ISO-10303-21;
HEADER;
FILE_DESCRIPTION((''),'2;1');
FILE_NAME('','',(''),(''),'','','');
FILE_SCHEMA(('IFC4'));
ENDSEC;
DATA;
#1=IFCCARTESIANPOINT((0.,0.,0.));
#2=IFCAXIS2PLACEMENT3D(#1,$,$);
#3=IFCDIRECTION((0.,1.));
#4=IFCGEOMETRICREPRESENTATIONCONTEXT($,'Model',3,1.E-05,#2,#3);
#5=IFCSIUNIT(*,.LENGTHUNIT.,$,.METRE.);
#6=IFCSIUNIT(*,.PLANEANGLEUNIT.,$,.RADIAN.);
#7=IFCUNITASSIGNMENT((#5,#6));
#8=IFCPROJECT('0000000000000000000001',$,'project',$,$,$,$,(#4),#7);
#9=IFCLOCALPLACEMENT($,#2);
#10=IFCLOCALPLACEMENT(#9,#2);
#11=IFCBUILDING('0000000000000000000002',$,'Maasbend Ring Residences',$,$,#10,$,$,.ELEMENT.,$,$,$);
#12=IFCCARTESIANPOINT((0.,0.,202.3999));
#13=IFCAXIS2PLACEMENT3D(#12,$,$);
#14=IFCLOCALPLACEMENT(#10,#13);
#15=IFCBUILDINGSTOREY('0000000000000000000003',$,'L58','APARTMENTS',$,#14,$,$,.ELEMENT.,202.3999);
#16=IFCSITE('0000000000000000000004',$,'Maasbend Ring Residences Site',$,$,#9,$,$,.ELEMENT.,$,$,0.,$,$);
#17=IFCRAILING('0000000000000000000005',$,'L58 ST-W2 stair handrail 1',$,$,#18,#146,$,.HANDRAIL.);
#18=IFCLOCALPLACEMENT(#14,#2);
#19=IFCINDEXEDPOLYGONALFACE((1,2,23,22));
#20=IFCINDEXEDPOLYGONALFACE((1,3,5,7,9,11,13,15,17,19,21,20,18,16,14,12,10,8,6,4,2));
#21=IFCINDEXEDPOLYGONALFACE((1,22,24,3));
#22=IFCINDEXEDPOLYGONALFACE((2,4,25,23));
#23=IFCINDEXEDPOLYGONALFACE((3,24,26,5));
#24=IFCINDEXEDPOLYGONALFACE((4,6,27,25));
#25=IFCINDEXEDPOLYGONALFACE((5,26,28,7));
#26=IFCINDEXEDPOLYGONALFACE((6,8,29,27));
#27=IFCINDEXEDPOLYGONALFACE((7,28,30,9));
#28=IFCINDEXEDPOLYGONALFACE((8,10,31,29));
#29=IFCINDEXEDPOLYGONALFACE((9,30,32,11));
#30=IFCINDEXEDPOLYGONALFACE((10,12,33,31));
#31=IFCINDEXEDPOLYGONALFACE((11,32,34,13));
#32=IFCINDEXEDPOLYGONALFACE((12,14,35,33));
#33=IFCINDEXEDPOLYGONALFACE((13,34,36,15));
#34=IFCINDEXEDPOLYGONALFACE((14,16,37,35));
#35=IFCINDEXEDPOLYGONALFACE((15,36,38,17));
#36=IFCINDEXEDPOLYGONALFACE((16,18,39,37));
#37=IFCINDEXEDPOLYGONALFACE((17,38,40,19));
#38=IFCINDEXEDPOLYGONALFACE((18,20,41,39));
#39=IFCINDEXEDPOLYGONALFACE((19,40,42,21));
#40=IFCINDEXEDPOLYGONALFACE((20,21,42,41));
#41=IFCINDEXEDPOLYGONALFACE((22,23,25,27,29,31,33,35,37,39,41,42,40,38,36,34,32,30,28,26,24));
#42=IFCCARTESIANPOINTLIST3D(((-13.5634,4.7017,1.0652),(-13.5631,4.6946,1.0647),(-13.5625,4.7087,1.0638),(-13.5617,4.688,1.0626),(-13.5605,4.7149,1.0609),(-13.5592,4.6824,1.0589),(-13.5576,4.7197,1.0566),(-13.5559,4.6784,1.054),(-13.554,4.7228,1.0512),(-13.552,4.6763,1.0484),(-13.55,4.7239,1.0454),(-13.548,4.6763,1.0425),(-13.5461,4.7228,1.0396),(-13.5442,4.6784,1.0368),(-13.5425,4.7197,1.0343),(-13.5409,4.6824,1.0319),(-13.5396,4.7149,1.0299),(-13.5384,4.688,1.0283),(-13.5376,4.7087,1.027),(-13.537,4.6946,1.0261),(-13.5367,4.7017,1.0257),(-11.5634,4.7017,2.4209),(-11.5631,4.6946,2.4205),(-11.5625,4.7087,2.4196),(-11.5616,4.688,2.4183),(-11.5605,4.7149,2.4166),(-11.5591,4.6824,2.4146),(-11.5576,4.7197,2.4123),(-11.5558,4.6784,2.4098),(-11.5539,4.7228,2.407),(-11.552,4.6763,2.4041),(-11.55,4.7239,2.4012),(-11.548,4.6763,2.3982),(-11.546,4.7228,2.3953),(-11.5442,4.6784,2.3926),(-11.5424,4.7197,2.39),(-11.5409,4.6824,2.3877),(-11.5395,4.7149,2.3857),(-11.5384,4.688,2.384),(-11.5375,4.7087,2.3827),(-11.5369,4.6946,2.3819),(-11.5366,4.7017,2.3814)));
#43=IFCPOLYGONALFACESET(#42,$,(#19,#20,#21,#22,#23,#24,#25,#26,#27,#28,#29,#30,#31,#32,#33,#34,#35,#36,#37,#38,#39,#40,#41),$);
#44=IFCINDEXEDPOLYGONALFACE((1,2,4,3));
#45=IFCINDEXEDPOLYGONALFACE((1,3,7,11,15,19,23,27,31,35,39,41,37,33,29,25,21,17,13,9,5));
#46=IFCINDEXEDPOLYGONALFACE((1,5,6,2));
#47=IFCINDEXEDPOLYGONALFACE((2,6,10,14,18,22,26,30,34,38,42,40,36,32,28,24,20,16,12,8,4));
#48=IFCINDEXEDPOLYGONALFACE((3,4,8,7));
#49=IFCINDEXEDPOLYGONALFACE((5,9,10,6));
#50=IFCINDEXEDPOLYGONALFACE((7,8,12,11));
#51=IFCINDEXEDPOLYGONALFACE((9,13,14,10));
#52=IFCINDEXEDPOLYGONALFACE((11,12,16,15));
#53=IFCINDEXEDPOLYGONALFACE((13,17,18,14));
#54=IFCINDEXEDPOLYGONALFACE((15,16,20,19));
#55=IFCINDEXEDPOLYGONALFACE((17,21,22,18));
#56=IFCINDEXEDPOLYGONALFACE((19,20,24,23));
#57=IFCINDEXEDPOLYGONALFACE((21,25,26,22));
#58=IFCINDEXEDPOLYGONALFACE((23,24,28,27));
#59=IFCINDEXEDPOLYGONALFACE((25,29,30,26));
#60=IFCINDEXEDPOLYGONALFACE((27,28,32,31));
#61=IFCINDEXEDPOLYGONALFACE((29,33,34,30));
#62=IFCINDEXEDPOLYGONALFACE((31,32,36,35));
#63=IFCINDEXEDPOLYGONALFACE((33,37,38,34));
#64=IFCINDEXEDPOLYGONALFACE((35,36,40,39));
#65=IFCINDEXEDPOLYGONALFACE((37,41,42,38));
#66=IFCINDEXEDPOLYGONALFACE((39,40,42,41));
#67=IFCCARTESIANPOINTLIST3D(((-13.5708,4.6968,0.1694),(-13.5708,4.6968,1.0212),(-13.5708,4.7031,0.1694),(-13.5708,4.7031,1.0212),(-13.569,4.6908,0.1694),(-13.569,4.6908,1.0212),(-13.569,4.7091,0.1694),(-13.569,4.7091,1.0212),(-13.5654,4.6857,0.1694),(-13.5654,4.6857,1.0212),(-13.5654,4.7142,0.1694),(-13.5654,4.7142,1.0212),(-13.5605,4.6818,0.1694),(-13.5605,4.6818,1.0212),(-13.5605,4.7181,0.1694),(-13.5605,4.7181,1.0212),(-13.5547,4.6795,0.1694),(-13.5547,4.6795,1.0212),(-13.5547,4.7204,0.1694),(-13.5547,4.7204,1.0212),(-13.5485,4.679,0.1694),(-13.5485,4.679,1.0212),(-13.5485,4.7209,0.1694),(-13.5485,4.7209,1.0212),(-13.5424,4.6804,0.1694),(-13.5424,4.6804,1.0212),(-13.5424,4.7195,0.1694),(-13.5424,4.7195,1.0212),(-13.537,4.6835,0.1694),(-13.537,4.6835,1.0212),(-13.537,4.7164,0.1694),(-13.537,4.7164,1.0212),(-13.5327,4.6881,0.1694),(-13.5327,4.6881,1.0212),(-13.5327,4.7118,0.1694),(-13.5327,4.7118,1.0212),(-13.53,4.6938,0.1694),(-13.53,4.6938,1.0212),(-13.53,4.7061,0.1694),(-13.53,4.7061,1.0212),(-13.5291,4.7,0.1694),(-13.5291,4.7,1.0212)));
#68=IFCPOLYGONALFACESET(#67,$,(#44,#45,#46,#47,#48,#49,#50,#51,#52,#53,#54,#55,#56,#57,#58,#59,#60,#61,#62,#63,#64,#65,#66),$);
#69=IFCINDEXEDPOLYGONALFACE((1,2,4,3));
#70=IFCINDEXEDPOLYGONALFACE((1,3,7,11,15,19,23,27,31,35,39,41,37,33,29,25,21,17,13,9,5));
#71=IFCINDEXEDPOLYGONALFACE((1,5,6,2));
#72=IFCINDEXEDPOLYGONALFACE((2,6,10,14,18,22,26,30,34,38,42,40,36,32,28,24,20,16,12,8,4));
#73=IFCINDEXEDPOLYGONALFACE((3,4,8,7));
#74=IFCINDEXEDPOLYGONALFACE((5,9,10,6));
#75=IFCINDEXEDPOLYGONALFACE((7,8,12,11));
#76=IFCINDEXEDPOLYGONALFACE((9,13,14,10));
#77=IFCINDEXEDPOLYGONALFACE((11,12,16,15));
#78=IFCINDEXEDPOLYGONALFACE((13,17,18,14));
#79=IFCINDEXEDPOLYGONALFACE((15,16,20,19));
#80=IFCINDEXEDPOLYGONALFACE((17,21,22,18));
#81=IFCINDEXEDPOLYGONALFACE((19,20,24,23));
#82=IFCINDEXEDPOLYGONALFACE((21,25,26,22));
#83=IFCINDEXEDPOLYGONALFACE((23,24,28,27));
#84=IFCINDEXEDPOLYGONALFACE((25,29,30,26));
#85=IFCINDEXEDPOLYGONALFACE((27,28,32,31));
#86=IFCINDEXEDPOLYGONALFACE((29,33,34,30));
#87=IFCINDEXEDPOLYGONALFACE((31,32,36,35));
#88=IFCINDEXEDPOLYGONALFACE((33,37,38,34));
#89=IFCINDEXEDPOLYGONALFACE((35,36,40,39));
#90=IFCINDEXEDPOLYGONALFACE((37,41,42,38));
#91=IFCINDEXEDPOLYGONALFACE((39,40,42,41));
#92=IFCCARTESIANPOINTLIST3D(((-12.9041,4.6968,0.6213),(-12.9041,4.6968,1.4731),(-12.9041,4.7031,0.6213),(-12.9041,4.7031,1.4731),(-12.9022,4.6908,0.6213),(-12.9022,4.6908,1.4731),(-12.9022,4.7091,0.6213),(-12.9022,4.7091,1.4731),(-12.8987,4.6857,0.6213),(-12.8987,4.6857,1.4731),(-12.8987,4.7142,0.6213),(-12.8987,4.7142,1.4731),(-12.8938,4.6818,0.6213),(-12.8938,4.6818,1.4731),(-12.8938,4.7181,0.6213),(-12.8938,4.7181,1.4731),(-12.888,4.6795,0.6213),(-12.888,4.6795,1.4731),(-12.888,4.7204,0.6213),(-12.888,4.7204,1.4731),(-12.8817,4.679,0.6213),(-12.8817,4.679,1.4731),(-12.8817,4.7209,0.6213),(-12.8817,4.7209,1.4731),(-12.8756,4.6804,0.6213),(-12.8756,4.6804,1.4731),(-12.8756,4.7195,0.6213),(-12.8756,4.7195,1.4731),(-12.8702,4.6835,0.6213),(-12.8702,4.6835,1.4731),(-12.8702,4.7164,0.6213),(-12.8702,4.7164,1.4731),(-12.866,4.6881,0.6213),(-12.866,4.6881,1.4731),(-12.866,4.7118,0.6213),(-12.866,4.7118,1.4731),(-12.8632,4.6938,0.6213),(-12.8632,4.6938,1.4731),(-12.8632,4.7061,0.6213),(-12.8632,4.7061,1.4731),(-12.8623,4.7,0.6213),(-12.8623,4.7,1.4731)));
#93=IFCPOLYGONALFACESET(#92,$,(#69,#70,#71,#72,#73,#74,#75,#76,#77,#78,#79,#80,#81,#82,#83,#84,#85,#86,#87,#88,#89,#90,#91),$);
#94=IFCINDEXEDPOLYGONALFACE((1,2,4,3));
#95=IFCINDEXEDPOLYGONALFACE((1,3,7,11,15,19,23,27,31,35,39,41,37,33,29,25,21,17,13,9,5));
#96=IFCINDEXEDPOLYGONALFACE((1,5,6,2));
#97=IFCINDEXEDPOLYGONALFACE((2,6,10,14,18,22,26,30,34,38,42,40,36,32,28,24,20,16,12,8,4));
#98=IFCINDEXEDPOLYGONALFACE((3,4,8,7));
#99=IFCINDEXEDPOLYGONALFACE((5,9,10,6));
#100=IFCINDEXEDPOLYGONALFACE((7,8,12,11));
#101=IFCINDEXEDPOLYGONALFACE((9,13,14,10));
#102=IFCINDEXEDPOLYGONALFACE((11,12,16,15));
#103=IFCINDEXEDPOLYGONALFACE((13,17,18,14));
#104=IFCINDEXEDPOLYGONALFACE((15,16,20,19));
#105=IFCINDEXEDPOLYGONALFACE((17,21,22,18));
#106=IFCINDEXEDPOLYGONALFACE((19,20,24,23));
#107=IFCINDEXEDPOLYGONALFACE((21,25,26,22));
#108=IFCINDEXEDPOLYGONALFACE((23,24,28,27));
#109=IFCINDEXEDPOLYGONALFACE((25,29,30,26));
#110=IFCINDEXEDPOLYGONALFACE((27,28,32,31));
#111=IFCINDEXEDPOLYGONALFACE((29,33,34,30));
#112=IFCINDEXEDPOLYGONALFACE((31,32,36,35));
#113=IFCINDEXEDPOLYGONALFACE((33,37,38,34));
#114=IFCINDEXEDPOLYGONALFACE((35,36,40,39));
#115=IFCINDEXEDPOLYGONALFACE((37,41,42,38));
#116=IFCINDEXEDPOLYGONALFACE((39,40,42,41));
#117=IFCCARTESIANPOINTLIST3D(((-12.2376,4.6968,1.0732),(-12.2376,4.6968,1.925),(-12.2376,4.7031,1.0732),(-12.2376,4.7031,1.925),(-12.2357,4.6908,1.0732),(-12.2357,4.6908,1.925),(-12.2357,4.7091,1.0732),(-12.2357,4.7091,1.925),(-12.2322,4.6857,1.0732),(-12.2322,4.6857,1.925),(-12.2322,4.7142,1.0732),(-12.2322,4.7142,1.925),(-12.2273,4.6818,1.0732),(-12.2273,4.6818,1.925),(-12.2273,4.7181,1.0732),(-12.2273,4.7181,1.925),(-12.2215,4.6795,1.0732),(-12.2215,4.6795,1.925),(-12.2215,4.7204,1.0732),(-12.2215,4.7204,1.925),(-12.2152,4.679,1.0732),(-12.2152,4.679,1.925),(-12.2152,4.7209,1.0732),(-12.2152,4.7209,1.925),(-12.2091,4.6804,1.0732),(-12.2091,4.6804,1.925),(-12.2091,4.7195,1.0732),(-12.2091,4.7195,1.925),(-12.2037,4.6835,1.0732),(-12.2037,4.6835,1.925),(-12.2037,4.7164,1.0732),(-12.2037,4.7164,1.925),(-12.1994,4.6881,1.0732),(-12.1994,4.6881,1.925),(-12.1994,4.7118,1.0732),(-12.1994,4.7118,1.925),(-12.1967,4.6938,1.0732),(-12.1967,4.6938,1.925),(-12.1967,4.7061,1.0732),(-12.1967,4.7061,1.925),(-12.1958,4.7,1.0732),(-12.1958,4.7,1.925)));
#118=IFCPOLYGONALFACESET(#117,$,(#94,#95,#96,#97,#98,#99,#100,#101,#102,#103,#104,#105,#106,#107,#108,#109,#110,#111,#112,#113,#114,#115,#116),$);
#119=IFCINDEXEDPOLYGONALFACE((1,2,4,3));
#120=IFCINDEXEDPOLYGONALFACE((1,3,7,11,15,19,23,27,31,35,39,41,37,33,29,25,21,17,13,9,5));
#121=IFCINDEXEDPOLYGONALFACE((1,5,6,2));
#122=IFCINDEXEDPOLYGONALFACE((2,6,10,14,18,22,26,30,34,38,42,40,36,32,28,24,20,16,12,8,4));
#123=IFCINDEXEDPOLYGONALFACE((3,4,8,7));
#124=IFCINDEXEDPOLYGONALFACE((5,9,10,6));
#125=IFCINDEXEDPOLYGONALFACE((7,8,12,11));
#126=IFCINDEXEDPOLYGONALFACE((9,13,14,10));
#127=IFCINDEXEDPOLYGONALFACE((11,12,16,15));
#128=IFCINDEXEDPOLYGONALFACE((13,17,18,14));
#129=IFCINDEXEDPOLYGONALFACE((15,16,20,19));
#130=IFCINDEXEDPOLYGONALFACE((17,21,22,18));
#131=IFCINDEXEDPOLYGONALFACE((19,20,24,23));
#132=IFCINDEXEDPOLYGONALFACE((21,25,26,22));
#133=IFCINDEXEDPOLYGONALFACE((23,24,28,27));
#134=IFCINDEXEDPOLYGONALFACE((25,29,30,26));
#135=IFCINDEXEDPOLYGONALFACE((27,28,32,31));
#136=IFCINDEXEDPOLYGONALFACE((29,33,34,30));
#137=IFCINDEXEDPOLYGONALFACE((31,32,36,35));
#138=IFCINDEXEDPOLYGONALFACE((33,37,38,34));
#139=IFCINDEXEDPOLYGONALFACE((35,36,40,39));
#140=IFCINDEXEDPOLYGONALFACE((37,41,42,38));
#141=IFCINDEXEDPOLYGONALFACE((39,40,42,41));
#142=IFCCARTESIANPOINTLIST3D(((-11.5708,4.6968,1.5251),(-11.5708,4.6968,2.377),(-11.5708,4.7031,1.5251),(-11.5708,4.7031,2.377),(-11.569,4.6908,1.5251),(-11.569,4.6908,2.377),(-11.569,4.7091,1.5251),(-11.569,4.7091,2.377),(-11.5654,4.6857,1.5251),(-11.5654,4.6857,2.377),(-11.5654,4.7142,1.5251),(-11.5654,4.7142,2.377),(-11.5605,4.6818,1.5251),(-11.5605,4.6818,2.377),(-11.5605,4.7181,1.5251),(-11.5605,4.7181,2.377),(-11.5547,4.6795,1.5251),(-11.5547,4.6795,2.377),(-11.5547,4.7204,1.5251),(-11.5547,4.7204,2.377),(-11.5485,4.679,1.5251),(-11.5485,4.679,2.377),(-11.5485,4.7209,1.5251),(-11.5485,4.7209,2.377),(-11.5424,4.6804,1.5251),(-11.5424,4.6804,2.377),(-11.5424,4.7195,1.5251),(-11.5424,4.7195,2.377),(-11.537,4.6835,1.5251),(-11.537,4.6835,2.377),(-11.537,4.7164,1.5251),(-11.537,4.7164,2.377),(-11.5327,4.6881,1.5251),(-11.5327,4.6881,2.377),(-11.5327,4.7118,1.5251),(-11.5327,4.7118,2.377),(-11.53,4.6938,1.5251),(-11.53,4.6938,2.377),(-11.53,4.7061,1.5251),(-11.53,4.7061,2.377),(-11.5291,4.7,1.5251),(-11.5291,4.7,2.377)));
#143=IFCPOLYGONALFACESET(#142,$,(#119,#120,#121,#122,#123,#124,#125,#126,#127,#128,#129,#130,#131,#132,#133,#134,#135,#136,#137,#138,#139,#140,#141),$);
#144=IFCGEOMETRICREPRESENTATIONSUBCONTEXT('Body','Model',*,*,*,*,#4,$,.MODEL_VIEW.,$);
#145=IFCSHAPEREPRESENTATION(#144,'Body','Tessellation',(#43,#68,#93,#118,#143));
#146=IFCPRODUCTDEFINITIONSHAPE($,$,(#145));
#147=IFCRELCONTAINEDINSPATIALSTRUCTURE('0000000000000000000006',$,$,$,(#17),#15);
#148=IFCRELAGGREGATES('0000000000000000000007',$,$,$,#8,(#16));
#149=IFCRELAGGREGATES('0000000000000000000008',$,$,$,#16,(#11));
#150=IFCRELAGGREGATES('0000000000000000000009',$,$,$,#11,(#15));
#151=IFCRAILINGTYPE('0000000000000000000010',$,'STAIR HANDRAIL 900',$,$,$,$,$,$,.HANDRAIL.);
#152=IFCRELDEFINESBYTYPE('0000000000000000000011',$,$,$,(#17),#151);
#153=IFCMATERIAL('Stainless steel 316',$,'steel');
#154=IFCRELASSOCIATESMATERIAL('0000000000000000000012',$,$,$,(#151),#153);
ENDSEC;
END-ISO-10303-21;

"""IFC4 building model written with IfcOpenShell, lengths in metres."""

from ifc_helpers import new_model, si_unit, direction, frame, origin, origin_2d, place, context, subcontext, project, spatial, circle, extrude, material, type_object, element, save


model = new_model("IFC4")

# Units and contexts
model_context = context("Model", 3, precision=1e-05, world=origin(), true_north=direction((0.0, 1.0)))
body_context = subcontext(model_context, "Body", "Model", "MODEL_VIEW")
ifc_project = project(units=[si_unit("LENGTHUNIT", "METRE"), si_unit("PLANEANGLEUNIT", "RADIAN")], contexts=[model_context])

# Site, building, storey
site_placement = place(None, origin())
site = spatial("IfcSite", under=ifc_project, at=site_placement, Name="Maasbend Ring Residences Site", CompositionType="ELEMENT", RefElevation=0.0)
building_placement = place(site_placement, origin())
building = spatial("IfcBuilding", under=site, at=building_placement, Name="Maasbend Ring Residences", CompositionType="ELEMENT")
storey_placement = place(building_placement, frame((0.0, 0.0, 202.3999)))
storey = spatial("IfcBuildingStorey", under=building, at=storey_placement, Name="L58", Description="APARTMENTS", CompositionType="ELEMENT", Elevation=202.3999)

# Railing
ifc_material_1 = material(Name="Stainless steel 316", Category="steel")
railing_type_1 = type_object("IfcRailingType", Name="STAIR HANDRAIL 900", PredefinedType="HANDRAIL", material=ifc_material_1)
railing_1_placement = place(storey_placement, frame((-13.55, 4.7, 0.1694)))
element("IfcRailing", 1, at=railing_1_placement, inside=storey, type_object=railing_type_1, Name="L58 ST-W2 stair handrail 1", PredefinedType="HANDRAIL", context=body_context, shape_type="SweptSolid", body=[
    extrude(circle(Radius=0.0239, at=origin_2d()), frame((0.0, 0.0, 0.876), z_axis=(0.827751, 0.0, 0.561096), x_axis=(0.0, 1.0, 0.0)), (0.0, 0.0, 1.0), 2.4163),
    extrude(circle(Radius=0.021, at=origin_2d()), origin(), (0.0, 0.0, 1.0), 0.8518),
    extrude(circle(Radius=0.021, at=origin_2d()), frame((0.6667, 0.0, 0.4519)), (0.0, 0.0, 1.0), 0.8518),
    extrude(circle(Radius=0.021, at=origin_2d()), frame((1.3333, 0.0, 0.9038)), (0.0, 0.0, 1.0), 0.8518),
    extrude(circle(Radius=0.021, at=origin_2d()), frame((2.0, 0.0, 1.3557)), (0.0, 0.0, 1.0), 0.8518),
])

save(model, "model.ifc")
